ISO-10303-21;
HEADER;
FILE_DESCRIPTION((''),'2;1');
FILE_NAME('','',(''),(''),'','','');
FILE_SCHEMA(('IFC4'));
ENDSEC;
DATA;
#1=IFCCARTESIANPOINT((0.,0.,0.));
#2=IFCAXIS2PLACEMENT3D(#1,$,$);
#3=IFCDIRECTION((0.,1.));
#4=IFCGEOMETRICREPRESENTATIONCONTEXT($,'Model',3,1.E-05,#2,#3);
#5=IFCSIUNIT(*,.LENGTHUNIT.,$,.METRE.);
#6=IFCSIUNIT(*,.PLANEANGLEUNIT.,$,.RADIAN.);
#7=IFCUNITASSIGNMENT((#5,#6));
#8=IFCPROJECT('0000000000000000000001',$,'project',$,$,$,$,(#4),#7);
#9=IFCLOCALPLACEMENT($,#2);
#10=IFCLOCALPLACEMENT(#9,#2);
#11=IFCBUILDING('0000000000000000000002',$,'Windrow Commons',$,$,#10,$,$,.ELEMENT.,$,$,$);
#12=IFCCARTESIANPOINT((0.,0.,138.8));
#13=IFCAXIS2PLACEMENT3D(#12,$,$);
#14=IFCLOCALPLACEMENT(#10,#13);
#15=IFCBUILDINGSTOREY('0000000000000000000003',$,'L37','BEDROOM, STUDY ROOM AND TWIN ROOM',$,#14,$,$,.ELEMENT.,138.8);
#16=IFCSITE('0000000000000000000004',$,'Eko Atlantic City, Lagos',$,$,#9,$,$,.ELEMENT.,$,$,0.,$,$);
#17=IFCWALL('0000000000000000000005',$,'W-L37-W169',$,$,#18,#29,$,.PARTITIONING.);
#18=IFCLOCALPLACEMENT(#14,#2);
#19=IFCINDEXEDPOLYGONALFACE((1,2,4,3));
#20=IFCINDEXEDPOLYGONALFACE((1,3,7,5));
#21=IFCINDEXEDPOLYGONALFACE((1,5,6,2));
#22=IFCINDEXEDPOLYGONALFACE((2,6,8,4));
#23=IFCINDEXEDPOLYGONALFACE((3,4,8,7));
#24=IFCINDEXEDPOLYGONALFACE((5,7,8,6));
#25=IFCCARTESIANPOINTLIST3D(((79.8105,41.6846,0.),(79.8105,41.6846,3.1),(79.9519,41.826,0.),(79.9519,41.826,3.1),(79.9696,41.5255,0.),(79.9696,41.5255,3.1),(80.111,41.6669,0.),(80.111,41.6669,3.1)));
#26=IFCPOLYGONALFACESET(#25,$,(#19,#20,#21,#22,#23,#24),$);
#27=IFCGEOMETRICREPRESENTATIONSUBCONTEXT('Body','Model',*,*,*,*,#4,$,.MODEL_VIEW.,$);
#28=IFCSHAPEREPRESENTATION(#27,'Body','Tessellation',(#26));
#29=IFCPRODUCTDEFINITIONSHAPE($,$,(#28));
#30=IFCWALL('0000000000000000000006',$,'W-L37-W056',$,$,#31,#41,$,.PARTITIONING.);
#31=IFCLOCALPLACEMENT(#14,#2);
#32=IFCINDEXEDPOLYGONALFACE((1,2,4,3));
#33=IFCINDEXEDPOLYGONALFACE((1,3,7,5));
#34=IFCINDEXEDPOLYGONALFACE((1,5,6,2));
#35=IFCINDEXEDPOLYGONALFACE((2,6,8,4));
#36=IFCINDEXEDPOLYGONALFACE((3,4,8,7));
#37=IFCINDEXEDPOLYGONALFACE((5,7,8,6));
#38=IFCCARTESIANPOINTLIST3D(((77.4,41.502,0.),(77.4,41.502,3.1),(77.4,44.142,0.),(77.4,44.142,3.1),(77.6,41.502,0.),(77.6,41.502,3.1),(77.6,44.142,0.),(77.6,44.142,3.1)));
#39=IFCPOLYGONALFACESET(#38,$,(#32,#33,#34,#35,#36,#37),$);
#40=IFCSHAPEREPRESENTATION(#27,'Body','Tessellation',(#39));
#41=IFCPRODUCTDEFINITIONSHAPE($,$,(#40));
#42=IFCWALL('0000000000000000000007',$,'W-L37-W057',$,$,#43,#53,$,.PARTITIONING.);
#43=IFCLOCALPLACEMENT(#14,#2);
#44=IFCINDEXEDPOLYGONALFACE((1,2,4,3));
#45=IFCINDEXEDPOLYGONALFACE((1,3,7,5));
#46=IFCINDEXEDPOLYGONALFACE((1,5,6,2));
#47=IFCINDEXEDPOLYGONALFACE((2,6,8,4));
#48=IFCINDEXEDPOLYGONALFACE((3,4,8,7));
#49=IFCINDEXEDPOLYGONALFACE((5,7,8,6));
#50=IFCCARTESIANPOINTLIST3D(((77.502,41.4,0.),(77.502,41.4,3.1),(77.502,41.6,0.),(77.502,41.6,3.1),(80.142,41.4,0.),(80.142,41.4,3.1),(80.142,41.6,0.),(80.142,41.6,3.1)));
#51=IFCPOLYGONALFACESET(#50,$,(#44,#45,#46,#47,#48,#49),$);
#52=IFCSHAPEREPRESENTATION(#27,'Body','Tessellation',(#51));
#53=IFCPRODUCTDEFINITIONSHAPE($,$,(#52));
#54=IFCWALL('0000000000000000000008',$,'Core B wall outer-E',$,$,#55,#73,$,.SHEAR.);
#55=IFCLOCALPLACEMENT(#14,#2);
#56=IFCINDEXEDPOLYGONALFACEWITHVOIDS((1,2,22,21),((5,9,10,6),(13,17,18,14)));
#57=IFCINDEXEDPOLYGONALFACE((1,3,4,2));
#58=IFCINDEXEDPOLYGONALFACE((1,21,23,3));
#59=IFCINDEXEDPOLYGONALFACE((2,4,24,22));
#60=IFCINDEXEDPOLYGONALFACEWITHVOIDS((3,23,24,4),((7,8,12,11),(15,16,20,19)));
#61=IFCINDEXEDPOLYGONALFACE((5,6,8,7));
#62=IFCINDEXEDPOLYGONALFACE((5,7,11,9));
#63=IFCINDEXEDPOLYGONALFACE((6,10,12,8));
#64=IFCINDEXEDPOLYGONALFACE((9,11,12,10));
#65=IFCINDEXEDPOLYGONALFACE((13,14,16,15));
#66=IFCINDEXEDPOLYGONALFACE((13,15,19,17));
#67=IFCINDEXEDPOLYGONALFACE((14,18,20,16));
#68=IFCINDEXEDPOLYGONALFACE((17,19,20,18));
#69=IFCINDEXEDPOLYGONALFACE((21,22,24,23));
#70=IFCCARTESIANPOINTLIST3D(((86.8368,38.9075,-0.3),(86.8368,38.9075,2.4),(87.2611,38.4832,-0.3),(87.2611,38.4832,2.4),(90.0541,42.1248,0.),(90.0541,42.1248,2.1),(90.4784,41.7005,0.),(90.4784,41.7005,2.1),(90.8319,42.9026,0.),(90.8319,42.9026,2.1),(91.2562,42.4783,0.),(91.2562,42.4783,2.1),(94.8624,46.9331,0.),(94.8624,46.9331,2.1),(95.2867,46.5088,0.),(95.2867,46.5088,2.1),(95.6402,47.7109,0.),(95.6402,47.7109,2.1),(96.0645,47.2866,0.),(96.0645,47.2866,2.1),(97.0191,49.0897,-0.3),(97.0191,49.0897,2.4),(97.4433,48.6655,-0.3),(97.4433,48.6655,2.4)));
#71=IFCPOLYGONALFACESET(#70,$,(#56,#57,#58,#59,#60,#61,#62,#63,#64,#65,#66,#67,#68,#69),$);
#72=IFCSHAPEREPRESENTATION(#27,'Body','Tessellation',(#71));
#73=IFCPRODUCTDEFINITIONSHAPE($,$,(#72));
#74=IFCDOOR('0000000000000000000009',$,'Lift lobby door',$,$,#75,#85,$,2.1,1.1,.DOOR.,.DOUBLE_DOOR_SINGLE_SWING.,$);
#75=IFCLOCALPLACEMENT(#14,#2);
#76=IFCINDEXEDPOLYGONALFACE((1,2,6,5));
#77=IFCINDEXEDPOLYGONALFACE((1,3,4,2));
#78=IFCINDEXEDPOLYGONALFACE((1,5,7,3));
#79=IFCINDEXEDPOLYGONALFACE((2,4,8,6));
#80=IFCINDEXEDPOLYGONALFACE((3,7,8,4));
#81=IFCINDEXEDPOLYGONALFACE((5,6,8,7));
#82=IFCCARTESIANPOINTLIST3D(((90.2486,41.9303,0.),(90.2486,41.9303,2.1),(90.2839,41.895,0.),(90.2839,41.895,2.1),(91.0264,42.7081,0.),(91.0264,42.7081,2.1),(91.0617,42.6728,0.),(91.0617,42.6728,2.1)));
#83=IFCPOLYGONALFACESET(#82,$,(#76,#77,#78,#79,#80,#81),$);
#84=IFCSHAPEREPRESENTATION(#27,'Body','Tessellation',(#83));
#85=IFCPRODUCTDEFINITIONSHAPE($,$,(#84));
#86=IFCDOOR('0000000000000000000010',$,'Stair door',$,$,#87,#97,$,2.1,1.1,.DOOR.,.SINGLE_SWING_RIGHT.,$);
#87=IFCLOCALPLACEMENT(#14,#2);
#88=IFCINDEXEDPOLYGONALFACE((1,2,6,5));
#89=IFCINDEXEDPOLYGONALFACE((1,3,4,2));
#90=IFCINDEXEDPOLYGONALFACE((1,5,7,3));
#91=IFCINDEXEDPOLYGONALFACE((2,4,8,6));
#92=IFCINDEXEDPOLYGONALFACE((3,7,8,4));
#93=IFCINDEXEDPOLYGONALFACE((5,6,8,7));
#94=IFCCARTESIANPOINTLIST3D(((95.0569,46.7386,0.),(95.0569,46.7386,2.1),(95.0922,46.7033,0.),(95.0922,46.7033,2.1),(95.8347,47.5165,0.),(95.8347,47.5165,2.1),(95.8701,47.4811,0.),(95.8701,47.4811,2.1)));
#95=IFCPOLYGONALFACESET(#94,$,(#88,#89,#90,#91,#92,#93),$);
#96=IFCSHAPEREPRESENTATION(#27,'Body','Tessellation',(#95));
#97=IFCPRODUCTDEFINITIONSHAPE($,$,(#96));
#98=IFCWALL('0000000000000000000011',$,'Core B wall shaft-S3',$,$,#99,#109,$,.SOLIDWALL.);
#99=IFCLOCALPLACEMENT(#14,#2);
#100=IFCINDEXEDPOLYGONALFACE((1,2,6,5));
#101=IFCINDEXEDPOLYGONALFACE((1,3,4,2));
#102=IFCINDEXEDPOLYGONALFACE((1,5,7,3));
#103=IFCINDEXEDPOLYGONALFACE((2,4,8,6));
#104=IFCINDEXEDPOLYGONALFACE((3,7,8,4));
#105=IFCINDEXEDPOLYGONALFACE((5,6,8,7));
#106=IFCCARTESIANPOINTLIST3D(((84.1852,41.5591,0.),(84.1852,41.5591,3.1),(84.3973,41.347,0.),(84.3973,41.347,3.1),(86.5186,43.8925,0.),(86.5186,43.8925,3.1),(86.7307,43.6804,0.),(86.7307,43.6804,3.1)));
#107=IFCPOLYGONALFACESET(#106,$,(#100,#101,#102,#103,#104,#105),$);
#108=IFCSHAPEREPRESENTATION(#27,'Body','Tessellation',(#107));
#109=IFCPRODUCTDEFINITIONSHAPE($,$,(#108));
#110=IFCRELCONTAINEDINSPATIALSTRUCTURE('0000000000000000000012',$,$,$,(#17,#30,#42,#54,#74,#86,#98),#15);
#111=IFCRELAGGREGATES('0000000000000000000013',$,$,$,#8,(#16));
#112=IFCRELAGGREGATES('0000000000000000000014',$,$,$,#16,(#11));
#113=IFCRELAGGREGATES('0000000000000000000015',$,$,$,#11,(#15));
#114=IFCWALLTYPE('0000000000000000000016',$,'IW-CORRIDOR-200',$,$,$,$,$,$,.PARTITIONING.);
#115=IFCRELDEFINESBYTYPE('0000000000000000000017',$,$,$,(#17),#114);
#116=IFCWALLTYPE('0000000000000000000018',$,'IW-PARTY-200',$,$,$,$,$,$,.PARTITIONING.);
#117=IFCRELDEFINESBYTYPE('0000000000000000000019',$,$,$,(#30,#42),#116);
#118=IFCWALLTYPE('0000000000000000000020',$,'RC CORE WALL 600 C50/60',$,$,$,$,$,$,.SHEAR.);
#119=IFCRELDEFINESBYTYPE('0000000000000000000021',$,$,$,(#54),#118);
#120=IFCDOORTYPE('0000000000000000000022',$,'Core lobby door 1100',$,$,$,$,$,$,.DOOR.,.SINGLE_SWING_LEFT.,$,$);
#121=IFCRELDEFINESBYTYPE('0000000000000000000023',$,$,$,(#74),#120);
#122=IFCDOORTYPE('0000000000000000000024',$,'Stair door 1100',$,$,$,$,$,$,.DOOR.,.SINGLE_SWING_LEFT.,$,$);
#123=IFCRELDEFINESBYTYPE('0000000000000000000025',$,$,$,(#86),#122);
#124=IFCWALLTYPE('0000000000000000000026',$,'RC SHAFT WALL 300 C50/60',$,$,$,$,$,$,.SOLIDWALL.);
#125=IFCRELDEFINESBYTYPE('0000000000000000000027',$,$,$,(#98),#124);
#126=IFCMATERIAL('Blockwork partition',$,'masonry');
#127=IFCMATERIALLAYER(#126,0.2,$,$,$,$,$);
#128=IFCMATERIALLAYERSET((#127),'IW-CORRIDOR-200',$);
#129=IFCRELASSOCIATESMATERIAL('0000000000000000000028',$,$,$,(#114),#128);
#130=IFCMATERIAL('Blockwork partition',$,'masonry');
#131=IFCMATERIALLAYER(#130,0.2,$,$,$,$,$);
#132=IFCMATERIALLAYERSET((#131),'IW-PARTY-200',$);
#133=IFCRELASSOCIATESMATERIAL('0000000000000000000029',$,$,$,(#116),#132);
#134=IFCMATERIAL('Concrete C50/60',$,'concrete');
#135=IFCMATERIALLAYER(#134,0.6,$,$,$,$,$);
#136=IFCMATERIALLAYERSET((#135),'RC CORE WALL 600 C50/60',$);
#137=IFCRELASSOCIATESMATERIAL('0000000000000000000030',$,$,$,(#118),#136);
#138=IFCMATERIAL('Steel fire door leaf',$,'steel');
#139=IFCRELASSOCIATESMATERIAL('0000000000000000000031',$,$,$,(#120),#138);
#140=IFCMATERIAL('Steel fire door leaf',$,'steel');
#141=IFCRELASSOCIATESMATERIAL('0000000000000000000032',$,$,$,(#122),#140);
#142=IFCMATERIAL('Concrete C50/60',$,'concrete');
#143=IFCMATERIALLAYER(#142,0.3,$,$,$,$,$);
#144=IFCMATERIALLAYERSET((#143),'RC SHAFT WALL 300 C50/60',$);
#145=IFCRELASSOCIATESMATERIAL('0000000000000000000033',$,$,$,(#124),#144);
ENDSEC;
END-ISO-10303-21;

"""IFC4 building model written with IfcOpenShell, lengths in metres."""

from ifc_helpers import new_model, si_unit, direction, frame, frame_2d, origin, place, context, subcontext, project, spatial, rectangle, extrude, material, layer, layer_set, type_object, element, fill, save


model = new_model("IFC4")

# Units and contexts
model_context = context("Model", 3, precision=1e-05, world=origin(), true_north=direction((0.0, 1.0)))
body_context = subcontext(model_context, "Body", "Model", "MODEL_VIEW")
ifc_project = project(units=[si_unit("LENGTHUNIT", "METRE"), si_unit("PLANEANGLEUNIT", "RADIAN")], contexts=[model_context])

# Site, building, storey
site_placement = place(None, origin())
site = spatial("IfcSite", under=ifc_project, at=site_placement, Name="Eko Atlantic City, Lagos", CompositionType="ELEMENT", RefElevation=0.0)
building_placement = place(site_placement, origin())
building = spatial("IfcBuilding", under=site, at=building_placement, Name="Windrow Commons", CompositionType="ELEMENT")
storey_placement = place(building_placement, frame((0.0, 0.0, 138.8)))
storey = spatial("IfcBuildingStorey", under=building, at=storey_placement, Name="L37", Description="BEDROOM, STUDY ROOM AND TWIN ROOM", CompositionType="ELEMENT", Elevation=138.8)

# Shared definitions
ifc_material_1 = material(Name="Blockwork partition", Category="masonry")
ifc_layer_1 = layer(ifc_material_1, 0.2)
ifc_layer_set_1 = layer_set([ifc_layer_1], Name="IW-CORRIDOR-200")
wall_type_1 = type_object("IfcWallType", Name="IW-CORRIDOR-200", PredefinedType="PARTITIONING", material=ifc_layer_set_1)

# Walls
wall_1_placement = place(storey_placement, frame((79.8812, 41.7553, 0.0), z_axis=(0.0, 0.0, 1.0), x_axis=(0.707107, -0.707107, 0.0)))
element("IfcWall", 1, at=wall_1_placement, inside=storey, type_object=wall_type_1, Name="W-L37-W169", PredefinedType="PARTITIONING", context=body_context, shape_type="SweptSolid", body=[
    extrude(rectangle(XDim=0.225, YDim=0.2, at=frame_2d((0.1125, 0.0))), origin(), (0.0, 0.0, 1.0), 3.1),
])
ifc_material_2 = material(Name="Blockwork partition", Category="masonry")
ifc_layer_2 = layer(ifc_material_2, 0.2)
ifc_layer_set_2 = layer_set([ifc_layer_2], Name="IW-PARTY-200")
wall_type_2 = type_object("IfcWallType", Name="IW-PARTY-200", PredefinedType="PARTITIONING", material=ifc_layer_set_2)
for number, where, z_axis, x_axis, name in (
    (2, (77.5, 41.502, 0.0), (0.0, 0.0, 1.0), (0.0, 1.0, 0.0), "W-L37-W056"),
    (3, (77.502, 41.5, 0.0), (0.0, 0.0, 1.0), (1.0, 0.0, 0.0), "W-L37-W057"),
):
    element("IfcWall", number, at=place(storey_placement, frame(where, z_axis=z_axis, x_axis=x_axis)), inside=storey, type_object=wall_type_2, Name=name, PredefinedType="PARTITIONING", context=body_context, shape_type="SweptSolid", body=[
        extrude(rectangle(XDim=2.64, YDim=0.2, at=frame_2d((1.32, 0.0))), origin(), (0.0, 0.0, 1.0), 3.1),
    ])

# Wall, openings, doors
ifc_material_3 = material(Name="Concrete C50/60", Category="concrete")
ifc_layer_3 = layer(ifc_material_3, 0.6)
ifc_layer_set_3 = layer_set([ifc_layer_3], Name="RC CORE WALL 600 C50/60")
wall_type_3 = type_object("IfcWallType", Name="RC CORE WALL 600 C50/60", PredefinedType="SHEAR", material=ifc_layer_set_3)
wall_2_placement = place(storey_placement, frame((87.0489, 38.6953, -0.3), z_axis=(0.0, 0.0, 1.0), x_axis=(0.707107, 0.707107, 0.0)))
wall_2 = element("IfcWall", 4, at=wall_2_placement, inside=storey, type_object=wall_type_3, Name="Core B wall outer-E", PredefinedType="SHEAR", context=body_context, shape_type="SweptSolid", body=[
    extrude(rectangle(XDim=14.3999, YDim=0.6, at=frame_2d((7.2, 0.0))), origin(), (0.0, 0.0, 1.0), 2.7),
])
opening_1_placement = place(wall_2_placement, frame((4.55, 0.0, 0.3)))
opening_1 = element("IfcOpeningElement", 5, at=opening_1_placement, cuts=wall_2, PredefinedType="OPENING", context=body_context, shape_type="SweptSolid", body=[
    extrude(rectangle(XDim=1.1, YDim=2.1, at=frame_2d((0.55, 1.05))), frame((0.0, 0.31, 0.0), z_axis=(0.0, -1.0, 0.0), x_axis=(1.0, 0.0, 0.0)), (0.0, 0.0, 1.0), 0.62),
])
opening_2_placement = place(wall_2_placement, frame((11.35, 0.0, 0.3)))
opening_2 = element("IfcOpeningElement", 6, at=opening_2_placement, cuts=wall_2, PredefinedType="OPENING", context=body_context, shape_type="SweptSolid", body=[
    extrude(rectangle(XDim=1.1, YDim=2.1, at=frame_2d((0.55, 1.05))), frame((0.0, 0.31, 0.0), z_axis=(0.0, -1.0, 0.0), x_axis=(1.0, 0.0, 0.0)), (0.0, 0.0, 1.0), 0.62),
])
ifc_material_4 = material(Name="Steel fire door leaf", Category="steel")
door_type_1 = type_object("IfcDoorType", Name="Core lobby door 1100", OperationType="SINGLE_SWING_LEFT", PredefinedType="DOOR", material=ifc_material_4)
door_1_placement = place(opening_1_placement, origin())
door_1 = element("IfcDoor", 7, at=door_1_placement, inside=storey, type_object=door_type_1, Name="Lift lobby door", OperationType="DOUBLE_DOOR_SINGLE_SWING", OverallHeight=2.1, OverallWidth=1.1, PredefinedType="DOOR", context=body_context, shape_type="SweptSolid", body=[
    extrude(rectangle(XDim=1.1, YDim=2.1, at=frame_2d((0.55, 1.05))), frame((0.0, 0.025, 0.0), z_axis=(0.0, -1.0, 0.0), x_axis=(1.0, 0.0, 0.0)), (0.0, 0.0, 1.0), 0.05),
])
fill(opening_1, door_1)
ifc_material_5 = material(Name="Steel fire door leaf", Category="steel")
door_type_2 = type_object("IfcDoorType", Name="Stair door 1100", OperationType="SINGLE_SWING_LEFT", PredefinedType="DOOR", material=ifc_material_5)
door_2_placement = place(opening_2_placement, origin())
door_2 = element("IfcDoor", 8, at=door_2_placement, inside=storey, type_object=door_type_2, Name="Stair door", OperationType="SINGLE_SWING_RIGHT", OverallHeight=2.1, OverallWidth=1.1, PredefinedType="DOOR", context=body_context, shape_type="SweptSolid", body=[
    extrude(rectangle(XDim=1.1, YDim=2.1, at=frame_2d((0.55, 1.05))), frame((0.0, 0.025, 0.0), z_axis=(0.0, -1.0, 0.0), x_axis=(1.0, 0.0, 0.0)), (0.0, 0.0, 1.0), 0.05),
])
fill(opening_2, door_2)

# Wall
ifc_material_6 = material(Name="Concrete C50/60", Category="concrete")
ifc_layer_4 = layer(ifc_material_6, 0.3)
ifc_layer_set_4 = layer_set([ifc_layer_4], Name="RC SHAFT WALL 300 C50/60")
wall_type_4 = type_object("IfcWallType", Name="RC SHAFT WALL 300 C50/60", PredefinedType="SOLIDWALL", material=ifc_layer_set_4)
wall_3_placement = place(storey_placement, frame((84.2912, 41.453, 0.0), z_axis=(0.0, 0.0, 1.0), x_axis=(0.707107, 0.707107, 0.0)))
element("IfcWall", 9, at=wall_3_placement, inside=storey, type_object=wall_type_4, Name="Core B wall shaft-S3", PredefinedType="SOLIDWALL", context=body_context, shape_type="SweptSolid", body=[
    extrude(rectangle(XDim=3.2999, YDim=0.3, at=frame_2d((1.65, 0.0))), origin(), (0.0, 0.0, 1.0), 3.1),
])

save(model, "model.ifc")
